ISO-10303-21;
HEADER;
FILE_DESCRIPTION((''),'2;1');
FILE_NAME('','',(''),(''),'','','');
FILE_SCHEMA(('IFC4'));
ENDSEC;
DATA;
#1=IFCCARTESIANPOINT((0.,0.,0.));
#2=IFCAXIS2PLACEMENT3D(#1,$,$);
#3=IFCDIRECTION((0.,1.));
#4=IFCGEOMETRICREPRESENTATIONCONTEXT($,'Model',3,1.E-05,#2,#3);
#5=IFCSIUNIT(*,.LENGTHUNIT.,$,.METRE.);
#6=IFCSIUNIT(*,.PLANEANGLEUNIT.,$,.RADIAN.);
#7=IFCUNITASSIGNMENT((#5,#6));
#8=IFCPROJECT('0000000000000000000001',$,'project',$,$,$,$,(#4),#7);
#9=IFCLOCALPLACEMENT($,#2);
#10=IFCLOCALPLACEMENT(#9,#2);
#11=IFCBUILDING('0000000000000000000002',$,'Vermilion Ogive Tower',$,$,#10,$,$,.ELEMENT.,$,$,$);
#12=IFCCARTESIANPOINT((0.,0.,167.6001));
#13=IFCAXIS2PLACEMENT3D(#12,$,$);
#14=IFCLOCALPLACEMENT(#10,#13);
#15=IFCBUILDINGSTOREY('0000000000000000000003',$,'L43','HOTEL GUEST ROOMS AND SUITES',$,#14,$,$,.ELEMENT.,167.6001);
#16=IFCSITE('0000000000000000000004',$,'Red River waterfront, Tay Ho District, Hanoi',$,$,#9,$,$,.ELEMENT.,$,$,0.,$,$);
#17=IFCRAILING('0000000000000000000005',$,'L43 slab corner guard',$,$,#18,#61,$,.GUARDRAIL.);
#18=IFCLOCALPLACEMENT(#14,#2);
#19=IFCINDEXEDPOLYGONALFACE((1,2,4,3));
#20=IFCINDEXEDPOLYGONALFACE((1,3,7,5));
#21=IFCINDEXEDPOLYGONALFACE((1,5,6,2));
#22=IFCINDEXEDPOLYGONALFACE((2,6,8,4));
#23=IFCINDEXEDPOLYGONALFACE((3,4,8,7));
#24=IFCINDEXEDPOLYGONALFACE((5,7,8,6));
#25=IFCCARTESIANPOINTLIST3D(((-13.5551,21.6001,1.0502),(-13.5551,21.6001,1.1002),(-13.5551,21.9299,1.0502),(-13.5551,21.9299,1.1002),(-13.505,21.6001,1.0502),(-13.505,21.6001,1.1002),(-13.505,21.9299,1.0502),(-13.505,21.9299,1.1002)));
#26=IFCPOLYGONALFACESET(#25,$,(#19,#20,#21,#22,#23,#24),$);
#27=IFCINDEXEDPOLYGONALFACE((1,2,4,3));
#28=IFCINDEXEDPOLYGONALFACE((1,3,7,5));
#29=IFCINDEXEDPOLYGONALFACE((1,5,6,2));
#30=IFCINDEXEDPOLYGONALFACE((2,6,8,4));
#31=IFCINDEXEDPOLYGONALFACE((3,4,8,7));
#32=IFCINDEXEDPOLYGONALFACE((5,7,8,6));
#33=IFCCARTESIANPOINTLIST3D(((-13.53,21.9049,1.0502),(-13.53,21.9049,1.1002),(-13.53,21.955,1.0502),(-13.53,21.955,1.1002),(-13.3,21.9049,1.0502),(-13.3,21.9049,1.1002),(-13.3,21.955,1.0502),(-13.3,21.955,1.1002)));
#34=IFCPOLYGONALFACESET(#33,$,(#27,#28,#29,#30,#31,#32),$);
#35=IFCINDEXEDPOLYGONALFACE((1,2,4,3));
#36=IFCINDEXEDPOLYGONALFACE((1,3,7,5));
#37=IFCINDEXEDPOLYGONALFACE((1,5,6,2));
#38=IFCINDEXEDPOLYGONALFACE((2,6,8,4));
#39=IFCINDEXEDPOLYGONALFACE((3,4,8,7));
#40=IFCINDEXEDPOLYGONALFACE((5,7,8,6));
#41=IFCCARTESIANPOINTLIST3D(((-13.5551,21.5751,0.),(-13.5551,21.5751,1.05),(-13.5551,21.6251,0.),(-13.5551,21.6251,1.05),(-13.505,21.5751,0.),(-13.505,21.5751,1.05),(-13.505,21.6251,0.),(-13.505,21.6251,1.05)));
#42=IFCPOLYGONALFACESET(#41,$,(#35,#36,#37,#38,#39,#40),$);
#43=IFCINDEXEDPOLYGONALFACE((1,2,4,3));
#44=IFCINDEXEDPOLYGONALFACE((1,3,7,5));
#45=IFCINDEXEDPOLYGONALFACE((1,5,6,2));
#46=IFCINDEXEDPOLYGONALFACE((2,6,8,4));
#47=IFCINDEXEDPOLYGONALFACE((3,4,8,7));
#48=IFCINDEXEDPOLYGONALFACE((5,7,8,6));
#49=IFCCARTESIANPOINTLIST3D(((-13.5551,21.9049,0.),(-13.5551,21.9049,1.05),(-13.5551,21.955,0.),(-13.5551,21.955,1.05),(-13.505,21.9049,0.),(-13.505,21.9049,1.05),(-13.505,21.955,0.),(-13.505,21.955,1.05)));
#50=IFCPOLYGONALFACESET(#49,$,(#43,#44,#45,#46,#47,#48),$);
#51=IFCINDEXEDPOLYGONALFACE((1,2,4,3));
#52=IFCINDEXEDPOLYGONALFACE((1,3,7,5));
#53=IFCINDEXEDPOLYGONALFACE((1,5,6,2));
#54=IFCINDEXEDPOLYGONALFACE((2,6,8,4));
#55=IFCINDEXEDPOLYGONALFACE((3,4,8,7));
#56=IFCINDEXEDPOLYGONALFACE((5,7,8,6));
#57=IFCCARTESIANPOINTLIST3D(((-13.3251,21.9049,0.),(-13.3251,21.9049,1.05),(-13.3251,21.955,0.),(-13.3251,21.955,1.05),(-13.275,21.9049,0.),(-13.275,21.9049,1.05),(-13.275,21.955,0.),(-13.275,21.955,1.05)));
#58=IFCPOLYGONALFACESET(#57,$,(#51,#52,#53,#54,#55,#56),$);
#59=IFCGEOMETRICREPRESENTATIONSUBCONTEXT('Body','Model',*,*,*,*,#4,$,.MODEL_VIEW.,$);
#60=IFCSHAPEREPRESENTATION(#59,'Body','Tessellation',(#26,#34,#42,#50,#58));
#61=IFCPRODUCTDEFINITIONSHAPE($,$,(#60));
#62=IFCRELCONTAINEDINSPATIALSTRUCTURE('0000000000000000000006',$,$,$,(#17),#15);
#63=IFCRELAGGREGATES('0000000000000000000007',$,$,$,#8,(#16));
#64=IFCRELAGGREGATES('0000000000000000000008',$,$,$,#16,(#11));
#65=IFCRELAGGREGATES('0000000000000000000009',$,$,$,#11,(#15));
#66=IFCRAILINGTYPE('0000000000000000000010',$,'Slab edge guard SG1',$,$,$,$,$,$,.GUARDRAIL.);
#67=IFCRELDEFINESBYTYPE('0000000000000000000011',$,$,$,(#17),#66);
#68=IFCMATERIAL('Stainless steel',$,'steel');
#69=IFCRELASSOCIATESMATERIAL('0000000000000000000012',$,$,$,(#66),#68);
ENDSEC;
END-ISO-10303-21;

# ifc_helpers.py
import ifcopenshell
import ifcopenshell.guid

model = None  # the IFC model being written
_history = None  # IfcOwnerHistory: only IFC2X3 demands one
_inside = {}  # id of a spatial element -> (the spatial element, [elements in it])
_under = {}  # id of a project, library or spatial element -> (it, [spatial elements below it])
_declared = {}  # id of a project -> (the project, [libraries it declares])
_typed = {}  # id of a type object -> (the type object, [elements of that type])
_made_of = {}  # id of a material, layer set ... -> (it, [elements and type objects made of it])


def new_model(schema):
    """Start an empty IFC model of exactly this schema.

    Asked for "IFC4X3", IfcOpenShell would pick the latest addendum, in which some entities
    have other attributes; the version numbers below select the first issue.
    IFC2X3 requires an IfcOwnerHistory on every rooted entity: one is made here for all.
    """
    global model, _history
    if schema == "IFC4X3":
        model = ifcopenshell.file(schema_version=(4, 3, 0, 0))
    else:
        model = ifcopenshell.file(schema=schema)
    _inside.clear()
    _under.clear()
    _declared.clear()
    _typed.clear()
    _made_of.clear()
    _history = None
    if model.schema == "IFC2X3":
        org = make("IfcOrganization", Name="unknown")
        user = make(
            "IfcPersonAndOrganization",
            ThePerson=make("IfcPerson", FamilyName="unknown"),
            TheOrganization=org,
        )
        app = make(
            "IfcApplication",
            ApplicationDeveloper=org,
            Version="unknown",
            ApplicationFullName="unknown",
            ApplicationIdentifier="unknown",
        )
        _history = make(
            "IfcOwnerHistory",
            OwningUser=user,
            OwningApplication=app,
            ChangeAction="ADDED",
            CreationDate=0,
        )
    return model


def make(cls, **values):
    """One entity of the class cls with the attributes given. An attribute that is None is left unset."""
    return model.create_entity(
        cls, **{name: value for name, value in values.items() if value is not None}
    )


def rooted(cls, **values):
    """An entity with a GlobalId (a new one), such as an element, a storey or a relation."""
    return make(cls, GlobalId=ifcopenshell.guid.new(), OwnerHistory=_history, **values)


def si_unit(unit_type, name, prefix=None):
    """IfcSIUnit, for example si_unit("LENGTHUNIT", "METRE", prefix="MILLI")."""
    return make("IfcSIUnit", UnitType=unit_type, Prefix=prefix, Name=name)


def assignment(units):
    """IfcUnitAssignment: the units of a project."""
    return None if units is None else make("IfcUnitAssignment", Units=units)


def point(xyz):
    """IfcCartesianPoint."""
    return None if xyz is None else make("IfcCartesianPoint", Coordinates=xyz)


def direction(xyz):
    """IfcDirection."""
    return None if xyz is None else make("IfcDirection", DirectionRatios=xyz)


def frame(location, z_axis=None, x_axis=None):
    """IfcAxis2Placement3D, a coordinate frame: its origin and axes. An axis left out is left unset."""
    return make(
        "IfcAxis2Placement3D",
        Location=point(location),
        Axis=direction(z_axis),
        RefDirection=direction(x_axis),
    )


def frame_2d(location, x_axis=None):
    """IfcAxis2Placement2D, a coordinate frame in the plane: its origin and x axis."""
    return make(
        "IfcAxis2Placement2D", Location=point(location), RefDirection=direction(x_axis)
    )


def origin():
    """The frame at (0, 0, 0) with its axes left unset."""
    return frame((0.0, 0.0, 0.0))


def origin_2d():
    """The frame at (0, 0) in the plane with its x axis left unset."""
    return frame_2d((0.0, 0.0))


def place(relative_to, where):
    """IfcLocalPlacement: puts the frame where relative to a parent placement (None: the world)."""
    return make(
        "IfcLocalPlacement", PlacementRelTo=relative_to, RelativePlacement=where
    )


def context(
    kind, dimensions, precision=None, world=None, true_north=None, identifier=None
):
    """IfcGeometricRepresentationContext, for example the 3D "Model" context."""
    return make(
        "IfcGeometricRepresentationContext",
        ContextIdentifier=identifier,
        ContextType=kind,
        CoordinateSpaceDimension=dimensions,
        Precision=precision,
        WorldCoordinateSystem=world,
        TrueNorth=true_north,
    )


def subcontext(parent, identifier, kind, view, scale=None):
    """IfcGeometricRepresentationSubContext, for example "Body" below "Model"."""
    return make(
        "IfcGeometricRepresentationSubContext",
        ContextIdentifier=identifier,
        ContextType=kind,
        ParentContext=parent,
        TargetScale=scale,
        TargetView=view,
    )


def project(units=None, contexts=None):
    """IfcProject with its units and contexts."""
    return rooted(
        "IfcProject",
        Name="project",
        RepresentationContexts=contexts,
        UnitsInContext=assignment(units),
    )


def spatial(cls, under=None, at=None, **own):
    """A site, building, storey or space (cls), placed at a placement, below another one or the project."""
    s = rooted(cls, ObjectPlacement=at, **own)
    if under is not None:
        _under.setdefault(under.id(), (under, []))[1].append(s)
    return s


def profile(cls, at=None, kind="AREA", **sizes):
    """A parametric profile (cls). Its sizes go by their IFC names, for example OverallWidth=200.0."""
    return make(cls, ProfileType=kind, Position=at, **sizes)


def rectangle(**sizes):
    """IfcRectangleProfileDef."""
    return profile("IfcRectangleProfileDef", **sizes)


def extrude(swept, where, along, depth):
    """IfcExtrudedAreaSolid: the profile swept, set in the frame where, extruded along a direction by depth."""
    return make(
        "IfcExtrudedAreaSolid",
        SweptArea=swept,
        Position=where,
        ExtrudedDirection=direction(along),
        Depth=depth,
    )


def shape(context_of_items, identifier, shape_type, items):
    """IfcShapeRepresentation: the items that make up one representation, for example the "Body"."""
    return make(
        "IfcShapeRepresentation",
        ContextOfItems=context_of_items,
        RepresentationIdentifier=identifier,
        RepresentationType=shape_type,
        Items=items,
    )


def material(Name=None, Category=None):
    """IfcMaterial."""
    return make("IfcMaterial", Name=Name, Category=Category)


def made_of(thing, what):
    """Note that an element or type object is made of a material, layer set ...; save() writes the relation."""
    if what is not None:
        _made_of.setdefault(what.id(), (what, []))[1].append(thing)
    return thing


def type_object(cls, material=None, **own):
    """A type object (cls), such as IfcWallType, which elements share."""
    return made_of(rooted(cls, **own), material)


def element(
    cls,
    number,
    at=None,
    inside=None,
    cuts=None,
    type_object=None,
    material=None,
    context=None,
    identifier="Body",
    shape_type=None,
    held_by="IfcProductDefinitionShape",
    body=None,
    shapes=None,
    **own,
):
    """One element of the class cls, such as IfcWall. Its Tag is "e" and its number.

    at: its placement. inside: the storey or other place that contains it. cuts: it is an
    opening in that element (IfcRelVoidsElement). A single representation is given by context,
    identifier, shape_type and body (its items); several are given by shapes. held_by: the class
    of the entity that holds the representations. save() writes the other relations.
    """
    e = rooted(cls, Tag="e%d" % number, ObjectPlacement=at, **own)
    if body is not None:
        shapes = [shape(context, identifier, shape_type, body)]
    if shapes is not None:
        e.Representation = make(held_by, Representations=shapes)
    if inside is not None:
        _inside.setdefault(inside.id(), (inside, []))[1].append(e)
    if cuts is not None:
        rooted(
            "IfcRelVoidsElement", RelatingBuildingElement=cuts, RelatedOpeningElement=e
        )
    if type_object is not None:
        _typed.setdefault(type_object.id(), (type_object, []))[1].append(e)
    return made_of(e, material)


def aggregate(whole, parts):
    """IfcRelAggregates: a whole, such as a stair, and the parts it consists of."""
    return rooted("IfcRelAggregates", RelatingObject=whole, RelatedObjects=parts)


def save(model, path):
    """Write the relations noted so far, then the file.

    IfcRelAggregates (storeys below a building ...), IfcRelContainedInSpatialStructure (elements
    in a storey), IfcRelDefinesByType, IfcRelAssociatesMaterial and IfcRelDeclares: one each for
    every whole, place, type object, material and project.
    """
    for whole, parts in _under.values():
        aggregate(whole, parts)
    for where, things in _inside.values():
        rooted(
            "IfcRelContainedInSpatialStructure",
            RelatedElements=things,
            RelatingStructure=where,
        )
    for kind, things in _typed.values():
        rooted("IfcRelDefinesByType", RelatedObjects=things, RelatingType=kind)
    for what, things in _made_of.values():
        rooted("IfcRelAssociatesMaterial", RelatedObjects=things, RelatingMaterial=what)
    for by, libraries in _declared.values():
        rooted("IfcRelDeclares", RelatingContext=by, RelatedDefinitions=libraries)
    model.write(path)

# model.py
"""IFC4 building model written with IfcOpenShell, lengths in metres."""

from ifc_helpers import new_model, si_unit, direction, frame, origin, origin_2d, place, context, subcontext, project, spatial, rectangle, extrude, material, type_object, element, save


model = new_model("IFC4")

# Units and contexts
model_context = context("Model", 3, precision=1e-05, world=origin(), true_north=direction((0.0, 1.0)))
body_context = subcontext(model_context, "Body", "Model", "MODEL_VIEW")
ifc_project = project(units=[si_unit("LENGTHUNIT", "METRE"), si_unit("PLANEANGLEUNIT", "RADIAN")], contexts=[model_context])

# Site, building, storey
site_placement = place(None, origin())
site = spatial("IfcSite", under=ifc_project, at=site_placement, Name="Red River waterfront, Tay Ho District, Hanoi", CompositionType="ELEMENT", RefElevation=0.0)
building_placement = place(site_placement, origin())
building = spatial("IfcBuilding", under=site, at=building_placement, Name="Vermilion Ogive Tower", CompositionType="ELEMENT")
storey_placement = place(building_placement, frame((0.0, 0.0, 167.6001)))
storey = spatial("IfcBuildingStorey", under=building, at=storey_placement, Name="L43", Description="HOTEL GUEST ROOMS AND SUITES", CompositionType="ELEMENT", Elevation=167.6001)

# Railing
ifc_material_1 = material(Name="Stainless steel", Category="steel")
railing_type = type_object("IfcRailingType", Name="Slab edge guard SG1", PredefinedType="GUARDRAIL", material=ifc_material_1)
railing_1_placement = place(storey_placement, frame((-13.53, 21.6001, 0.0)))
element("IfcRailing", 1, at=railing_1_placement, inside=storey, type_object=railing_type, Name="L43 slab corner guard", PredefinedType="GUARDRAIL", context=body_context, shape_type="SweptSolid", body=[
    extrude(rectangle(XDim=0.05, YDim=0.05, at=origin_2d()), frame((0.0, 0.0, 1.0752), z_axis=(0.0, 1.0, 0.0), x_axis=(-1.0, 0.0, 0.0)), (0.0, 0.0, 1.0), 0.3298),
    extrude(rectangle(XDim=0.05, YDim=0.05, at=origin_2d()), frame((0.0, 0.3298, 1.0752), z_axis=(1.0, 0.0, 0.0), x_axis=(0.0, 1.0, 0.0)), (0.0, 0.0, 1.0), 0.23),
    extrude(rectangle(XDim=0.05, YDim=0.05, at=origin_2d()), origin(), (0.0, 0.0, 1.0), 1.05),
    extrude(rectangle(XDim=0.05, YDim=0.05, at=origin_2d()), frame((0.0, 0.3298, 0.0)), (0.0, 0.0, 1.0), 1.05),
    extrude(rectangle(XDim=0.05, YDim=0.05, at=origin_2d()), frame((0.23, 0.3298, 0.0)), (0.0, 0.0, 1.0), 1.05),
])

save(model, "model.ifc")
